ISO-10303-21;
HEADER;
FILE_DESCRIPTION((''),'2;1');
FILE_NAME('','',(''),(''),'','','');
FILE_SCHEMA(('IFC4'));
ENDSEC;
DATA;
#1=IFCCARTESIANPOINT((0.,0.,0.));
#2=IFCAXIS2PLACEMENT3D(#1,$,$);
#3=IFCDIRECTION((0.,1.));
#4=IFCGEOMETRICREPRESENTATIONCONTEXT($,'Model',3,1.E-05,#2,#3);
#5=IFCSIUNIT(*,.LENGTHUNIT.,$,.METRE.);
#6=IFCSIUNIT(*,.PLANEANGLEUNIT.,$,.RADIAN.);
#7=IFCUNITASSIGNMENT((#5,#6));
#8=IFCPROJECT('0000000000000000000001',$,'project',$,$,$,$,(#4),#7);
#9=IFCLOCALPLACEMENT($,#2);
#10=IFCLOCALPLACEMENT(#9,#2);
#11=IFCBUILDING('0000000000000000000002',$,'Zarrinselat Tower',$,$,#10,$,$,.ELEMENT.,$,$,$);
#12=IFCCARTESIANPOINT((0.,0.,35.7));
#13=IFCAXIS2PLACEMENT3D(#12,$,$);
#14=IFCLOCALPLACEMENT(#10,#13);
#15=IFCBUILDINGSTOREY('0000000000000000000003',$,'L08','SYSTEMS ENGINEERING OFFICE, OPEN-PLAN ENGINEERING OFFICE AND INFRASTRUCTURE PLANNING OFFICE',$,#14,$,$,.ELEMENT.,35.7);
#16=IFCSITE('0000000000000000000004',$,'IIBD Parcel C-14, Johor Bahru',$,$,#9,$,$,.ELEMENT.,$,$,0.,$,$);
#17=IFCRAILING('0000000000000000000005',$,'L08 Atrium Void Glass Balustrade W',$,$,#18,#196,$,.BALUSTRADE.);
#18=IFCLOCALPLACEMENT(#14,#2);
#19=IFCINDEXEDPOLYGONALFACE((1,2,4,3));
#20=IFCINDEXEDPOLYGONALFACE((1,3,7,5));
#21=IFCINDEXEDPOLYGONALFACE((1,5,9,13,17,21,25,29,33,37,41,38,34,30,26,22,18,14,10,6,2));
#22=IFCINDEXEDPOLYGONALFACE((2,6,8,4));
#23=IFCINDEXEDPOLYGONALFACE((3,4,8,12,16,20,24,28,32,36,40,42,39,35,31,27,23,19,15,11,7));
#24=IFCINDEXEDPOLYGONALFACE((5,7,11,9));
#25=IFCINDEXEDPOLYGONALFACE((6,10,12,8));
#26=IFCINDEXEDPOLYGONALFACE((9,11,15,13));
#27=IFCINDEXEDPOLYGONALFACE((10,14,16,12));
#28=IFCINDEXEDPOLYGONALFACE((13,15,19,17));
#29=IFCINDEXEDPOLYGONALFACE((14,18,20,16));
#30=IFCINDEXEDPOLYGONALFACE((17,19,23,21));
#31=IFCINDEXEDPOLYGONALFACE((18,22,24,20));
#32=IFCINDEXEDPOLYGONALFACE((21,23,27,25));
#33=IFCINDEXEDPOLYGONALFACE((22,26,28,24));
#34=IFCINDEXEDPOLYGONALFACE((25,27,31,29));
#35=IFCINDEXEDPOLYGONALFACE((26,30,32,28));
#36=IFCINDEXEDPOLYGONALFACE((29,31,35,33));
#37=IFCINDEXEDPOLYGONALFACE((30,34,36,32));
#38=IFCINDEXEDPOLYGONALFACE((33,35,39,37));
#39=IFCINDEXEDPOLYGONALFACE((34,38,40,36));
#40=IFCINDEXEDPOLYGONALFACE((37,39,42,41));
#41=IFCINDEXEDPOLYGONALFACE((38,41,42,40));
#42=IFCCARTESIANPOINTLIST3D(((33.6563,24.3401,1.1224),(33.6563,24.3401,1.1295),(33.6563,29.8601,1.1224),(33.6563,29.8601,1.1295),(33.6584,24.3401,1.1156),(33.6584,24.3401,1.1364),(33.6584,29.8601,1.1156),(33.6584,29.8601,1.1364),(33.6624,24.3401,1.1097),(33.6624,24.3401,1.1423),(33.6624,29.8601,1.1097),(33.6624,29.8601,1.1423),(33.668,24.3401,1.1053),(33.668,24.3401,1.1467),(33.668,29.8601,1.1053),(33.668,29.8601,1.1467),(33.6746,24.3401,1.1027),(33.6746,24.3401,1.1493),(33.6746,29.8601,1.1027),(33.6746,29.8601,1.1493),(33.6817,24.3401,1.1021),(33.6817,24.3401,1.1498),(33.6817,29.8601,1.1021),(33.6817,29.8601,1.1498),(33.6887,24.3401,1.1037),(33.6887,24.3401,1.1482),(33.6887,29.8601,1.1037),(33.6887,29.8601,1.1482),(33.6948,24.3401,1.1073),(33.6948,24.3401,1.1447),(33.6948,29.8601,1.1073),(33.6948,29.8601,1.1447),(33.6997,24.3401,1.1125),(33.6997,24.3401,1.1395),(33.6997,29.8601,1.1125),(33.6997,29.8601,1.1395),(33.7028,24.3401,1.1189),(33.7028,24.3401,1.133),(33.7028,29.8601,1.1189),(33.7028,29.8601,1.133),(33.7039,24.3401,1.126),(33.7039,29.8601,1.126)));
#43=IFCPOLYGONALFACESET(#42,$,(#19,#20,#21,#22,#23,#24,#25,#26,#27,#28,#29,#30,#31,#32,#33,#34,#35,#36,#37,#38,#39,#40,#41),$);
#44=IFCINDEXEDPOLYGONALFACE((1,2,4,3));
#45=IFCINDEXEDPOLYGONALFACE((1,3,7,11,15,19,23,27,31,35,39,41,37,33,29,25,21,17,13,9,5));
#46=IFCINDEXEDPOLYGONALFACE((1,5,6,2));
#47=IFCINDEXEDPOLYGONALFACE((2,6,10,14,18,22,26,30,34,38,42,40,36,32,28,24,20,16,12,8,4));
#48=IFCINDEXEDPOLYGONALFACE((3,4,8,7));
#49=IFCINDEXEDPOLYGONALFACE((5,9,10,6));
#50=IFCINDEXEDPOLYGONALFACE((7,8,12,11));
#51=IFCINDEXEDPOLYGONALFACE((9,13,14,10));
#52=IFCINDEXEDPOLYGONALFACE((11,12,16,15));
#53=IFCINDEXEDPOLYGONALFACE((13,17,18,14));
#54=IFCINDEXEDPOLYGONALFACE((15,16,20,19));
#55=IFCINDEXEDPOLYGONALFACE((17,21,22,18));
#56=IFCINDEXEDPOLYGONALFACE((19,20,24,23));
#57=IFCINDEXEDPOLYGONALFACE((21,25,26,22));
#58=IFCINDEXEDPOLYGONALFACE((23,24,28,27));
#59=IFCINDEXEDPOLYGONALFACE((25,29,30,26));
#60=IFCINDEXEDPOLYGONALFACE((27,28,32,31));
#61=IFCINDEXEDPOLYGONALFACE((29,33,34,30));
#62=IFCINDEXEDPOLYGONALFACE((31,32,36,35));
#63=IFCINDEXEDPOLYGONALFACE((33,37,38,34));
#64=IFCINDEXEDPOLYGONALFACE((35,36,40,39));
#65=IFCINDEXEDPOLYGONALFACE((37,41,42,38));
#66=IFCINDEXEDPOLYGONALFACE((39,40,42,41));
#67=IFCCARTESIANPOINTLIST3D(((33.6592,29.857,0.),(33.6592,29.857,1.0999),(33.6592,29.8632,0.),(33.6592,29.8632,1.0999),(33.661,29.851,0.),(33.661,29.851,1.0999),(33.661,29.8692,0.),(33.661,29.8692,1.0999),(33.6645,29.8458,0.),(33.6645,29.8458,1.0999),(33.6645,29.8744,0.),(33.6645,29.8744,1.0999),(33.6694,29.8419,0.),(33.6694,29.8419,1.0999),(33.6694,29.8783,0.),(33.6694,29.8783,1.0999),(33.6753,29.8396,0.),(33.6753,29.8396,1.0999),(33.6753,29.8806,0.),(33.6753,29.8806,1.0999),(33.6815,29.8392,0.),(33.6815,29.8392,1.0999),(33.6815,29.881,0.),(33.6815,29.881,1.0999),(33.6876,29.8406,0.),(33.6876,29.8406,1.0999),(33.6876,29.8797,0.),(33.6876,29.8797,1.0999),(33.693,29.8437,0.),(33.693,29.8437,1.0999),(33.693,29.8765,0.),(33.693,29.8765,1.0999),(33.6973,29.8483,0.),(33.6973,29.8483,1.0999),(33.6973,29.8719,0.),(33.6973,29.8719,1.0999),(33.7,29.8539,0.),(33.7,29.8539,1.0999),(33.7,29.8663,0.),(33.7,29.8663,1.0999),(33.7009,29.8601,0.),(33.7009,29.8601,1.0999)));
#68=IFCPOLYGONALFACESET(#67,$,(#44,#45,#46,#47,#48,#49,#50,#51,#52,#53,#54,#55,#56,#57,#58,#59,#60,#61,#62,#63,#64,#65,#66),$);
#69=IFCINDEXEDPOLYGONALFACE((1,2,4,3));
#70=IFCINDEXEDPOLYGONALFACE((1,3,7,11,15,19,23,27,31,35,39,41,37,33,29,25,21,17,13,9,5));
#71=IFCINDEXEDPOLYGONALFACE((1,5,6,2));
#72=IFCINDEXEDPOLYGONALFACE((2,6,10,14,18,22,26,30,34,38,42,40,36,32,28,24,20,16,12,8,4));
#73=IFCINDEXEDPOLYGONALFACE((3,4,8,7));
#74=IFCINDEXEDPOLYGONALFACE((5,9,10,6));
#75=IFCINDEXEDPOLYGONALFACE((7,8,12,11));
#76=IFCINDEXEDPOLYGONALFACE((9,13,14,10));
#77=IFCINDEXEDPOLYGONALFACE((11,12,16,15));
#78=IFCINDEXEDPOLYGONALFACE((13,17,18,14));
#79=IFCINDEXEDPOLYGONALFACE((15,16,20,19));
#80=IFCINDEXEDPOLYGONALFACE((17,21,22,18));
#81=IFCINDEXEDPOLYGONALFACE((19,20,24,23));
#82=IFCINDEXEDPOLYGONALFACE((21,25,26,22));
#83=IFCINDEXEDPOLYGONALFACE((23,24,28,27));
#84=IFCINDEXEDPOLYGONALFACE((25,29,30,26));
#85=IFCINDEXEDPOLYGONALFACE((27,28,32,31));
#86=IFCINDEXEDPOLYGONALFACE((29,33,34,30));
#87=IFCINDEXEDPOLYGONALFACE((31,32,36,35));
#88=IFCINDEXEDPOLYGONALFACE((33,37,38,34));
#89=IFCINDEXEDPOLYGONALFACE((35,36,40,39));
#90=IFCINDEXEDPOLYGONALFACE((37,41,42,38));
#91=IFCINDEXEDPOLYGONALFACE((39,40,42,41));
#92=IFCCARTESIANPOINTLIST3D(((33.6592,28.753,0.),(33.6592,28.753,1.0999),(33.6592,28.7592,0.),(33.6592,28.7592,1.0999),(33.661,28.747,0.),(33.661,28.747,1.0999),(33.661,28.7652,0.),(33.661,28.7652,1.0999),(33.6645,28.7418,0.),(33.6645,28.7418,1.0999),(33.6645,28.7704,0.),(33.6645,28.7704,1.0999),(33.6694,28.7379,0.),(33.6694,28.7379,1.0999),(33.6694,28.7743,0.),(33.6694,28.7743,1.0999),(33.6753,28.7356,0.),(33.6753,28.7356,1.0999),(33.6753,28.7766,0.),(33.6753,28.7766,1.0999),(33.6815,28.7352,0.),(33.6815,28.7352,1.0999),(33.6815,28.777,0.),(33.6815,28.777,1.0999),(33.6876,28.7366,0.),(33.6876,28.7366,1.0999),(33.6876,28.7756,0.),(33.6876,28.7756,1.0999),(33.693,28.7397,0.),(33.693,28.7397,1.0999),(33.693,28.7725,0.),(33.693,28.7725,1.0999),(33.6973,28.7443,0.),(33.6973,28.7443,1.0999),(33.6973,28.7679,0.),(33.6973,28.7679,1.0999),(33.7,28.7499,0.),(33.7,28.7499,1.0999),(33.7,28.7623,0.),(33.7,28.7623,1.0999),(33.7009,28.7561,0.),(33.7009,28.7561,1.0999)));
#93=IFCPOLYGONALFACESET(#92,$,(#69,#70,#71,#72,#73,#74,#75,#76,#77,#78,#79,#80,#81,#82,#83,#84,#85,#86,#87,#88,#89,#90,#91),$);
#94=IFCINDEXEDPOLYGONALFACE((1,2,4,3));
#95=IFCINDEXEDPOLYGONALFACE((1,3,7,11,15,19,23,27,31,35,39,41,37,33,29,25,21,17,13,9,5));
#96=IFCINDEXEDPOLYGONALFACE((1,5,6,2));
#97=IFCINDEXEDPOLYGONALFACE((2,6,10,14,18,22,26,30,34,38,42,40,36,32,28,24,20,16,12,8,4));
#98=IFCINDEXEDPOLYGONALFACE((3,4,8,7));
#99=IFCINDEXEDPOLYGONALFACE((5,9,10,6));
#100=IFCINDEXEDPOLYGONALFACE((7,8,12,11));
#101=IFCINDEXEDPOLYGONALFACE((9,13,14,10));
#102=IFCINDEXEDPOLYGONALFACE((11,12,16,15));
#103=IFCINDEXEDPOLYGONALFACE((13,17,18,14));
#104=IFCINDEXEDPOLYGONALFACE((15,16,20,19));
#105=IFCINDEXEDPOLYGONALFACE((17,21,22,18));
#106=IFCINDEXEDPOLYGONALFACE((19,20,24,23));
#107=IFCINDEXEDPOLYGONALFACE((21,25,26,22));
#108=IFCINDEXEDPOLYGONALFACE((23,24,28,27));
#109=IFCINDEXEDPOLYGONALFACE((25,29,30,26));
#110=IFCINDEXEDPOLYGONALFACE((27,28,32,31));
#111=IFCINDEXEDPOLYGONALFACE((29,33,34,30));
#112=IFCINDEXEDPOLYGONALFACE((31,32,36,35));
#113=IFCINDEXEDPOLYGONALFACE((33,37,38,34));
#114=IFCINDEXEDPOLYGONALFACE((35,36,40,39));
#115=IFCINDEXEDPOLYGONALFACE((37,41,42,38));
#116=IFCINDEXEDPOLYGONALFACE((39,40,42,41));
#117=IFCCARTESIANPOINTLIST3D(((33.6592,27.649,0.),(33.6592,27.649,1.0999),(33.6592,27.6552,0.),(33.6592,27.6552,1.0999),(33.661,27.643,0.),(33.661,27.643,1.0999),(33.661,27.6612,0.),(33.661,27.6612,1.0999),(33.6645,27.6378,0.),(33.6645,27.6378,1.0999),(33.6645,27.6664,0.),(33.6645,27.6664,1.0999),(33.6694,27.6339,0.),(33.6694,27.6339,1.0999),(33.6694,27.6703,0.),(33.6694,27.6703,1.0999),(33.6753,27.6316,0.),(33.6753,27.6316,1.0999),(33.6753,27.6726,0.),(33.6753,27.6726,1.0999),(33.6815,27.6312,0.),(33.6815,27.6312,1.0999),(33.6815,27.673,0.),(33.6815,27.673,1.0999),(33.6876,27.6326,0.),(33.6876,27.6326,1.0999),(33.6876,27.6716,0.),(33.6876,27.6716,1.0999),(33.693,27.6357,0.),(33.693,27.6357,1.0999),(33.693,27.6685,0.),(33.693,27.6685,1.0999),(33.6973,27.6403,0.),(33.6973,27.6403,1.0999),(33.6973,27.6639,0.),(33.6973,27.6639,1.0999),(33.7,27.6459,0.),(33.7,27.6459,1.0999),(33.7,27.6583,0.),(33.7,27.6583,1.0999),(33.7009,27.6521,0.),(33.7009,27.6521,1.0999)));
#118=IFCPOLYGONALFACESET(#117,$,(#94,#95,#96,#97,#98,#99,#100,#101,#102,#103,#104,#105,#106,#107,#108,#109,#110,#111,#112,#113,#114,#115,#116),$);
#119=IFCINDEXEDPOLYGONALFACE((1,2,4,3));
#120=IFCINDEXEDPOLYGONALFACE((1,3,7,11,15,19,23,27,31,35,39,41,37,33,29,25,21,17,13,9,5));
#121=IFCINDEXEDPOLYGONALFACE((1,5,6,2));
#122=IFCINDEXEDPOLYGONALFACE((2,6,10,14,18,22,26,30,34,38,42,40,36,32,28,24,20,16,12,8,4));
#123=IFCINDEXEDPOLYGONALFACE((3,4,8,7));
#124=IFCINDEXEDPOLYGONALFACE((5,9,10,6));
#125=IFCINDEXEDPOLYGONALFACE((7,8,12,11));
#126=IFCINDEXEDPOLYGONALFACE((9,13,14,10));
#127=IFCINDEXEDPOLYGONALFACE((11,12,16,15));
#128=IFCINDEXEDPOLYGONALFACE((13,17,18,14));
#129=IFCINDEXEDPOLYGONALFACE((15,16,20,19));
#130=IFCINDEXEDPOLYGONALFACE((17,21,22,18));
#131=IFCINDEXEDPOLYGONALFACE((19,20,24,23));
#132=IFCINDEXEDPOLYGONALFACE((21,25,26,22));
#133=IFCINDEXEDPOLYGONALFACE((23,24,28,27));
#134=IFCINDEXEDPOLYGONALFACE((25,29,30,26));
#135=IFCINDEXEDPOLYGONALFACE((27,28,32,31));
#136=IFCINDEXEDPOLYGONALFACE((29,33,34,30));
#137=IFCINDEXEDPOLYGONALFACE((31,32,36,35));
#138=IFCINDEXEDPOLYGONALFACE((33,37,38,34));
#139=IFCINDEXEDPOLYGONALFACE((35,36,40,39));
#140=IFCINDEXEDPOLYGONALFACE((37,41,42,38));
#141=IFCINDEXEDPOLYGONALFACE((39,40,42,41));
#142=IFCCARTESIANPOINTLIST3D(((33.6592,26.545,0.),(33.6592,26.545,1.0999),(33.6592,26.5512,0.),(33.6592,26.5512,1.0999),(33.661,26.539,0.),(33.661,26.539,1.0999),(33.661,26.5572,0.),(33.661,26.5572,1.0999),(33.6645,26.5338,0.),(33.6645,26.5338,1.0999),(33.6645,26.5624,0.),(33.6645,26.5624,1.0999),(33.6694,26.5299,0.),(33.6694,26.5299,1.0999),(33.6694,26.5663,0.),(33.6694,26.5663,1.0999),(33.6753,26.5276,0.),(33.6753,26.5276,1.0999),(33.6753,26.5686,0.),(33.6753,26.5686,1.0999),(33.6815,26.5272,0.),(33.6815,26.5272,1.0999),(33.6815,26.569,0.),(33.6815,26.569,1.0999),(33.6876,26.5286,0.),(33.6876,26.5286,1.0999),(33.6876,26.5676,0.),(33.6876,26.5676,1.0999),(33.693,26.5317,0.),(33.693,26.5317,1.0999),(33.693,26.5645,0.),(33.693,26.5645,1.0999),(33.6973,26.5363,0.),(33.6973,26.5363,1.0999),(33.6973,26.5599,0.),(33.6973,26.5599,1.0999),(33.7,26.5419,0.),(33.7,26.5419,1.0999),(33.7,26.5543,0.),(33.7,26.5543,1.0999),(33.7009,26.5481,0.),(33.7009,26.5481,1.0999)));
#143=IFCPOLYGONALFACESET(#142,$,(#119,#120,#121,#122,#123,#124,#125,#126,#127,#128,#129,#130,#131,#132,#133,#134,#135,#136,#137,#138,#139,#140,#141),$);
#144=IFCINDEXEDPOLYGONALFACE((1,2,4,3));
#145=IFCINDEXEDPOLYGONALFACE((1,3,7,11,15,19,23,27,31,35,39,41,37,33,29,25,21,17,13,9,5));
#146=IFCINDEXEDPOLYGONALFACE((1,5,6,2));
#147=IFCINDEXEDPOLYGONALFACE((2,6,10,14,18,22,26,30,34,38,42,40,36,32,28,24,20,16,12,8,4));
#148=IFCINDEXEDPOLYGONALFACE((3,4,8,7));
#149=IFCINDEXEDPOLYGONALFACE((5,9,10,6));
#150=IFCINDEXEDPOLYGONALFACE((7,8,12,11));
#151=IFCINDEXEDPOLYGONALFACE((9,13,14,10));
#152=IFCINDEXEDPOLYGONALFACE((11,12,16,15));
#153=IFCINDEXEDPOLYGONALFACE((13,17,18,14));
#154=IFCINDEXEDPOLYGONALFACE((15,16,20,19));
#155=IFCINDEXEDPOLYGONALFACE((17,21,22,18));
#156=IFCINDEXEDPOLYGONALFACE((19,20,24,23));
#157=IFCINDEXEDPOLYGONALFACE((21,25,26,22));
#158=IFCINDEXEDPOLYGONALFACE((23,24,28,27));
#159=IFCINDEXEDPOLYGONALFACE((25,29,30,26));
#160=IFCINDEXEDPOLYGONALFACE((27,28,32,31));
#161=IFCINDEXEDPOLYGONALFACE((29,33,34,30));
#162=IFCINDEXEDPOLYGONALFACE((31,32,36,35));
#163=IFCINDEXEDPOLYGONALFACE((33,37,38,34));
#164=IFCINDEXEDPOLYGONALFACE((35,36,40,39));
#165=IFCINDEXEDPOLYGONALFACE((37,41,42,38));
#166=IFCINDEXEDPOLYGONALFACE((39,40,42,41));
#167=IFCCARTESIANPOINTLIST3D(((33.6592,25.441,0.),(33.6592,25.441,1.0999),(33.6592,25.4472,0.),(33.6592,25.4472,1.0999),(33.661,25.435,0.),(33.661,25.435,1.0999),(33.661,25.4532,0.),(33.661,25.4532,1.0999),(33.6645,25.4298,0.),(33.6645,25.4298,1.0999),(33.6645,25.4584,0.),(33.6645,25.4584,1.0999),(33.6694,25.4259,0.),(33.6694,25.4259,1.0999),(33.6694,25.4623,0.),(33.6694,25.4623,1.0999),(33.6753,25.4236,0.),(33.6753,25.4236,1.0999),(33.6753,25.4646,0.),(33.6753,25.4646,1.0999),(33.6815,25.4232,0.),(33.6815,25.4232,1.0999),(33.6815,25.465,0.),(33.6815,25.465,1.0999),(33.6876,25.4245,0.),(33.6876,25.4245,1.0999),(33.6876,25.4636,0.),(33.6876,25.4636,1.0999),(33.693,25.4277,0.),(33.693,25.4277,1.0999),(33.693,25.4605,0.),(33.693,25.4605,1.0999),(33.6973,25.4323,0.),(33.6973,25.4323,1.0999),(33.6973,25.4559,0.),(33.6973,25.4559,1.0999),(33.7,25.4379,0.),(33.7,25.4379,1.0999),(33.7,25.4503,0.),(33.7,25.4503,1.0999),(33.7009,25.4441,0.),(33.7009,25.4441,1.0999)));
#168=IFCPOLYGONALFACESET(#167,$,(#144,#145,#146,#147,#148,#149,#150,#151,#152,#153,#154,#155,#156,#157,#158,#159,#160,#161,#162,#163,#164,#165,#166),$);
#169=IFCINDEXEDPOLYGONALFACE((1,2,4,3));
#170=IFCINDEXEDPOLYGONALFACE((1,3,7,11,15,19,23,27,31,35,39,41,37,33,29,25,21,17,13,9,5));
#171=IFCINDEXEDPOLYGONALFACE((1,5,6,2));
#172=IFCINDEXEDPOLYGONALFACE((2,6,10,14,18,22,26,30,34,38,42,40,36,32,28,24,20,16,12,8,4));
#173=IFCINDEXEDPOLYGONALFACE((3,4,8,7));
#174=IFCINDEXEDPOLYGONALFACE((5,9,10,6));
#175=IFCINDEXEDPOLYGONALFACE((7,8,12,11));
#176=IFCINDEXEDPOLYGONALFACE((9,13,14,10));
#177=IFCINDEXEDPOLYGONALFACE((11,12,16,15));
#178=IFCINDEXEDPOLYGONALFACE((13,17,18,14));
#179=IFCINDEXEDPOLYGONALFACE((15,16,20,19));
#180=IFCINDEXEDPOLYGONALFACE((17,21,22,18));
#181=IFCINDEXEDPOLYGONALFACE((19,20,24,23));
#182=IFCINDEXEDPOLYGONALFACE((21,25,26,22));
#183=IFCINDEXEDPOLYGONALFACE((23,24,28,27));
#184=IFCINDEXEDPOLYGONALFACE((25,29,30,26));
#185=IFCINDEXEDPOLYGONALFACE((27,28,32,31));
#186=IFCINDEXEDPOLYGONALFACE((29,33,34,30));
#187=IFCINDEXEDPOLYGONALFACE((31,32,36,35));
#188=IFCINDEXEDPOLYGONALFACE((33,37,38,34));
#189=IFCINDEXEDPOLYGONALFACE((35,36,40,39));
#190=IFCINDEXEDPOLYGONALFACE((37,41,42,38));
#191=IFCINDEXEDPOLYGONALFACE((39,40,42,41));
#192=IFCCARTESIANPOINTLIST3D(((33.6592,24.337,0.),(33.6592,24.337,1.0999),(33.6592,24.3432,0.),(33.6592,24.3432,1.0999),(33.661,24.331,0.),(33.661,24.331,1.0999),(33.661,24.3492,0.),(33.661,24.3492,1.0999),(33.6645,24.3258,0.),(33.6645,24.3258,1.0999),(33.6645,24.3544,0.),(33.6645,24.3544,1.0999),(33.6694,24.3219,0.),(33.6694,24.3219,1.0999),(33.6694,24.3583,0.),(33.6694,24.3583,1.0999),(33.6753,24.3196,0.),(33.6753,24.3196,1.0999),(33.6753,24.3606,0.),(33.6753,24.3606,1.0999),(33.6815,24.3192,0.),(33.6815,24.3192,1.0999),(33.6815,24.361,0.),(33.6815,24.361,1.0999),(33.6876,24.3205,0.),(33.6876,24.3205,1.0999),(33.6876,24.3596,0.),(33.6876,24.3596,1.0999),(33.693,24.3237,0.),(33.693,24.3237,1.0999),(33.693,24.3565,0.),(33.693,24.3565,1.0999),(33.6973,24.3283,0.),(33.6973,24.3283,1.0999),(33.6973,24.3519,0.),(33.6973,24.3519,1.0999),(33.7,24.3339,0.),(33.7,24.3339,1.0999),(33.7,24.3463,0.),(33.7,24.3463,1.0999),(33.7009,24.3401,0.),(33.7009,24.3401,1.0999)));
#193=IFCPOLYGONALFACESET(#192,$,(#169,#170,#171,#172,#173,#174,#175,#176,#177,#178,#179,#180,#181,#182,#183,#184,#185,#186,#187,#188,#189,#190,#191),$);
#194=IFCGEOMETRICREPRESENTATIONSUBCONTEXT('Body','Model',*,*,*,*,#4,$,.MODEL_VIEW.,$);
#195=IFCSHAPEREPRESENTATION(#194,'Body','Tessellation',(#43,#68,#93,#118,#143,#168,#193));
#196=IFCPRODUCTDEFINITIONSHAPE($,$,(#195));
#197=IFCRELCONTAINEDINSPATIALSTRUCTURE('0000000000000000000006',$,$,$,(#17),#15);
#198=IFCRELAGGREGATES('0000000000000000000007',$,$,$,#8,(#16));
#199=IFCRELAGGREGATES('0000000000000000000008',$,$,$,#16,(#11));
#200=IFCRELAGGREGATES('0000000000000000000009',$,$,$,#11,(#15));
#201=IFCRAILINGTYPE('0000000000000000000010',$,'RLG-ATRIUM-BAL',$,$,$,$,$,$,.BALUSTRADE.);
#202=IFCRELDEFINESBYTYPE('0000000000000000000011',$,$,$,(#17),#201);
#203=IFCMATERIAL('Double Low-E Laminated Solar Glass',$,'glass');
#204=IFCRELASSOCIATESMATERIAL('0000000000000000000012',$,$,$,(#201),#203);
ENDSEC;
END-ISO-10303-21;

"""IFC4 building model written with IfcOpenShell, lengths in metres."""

from ifc_helpers import new_model, si_unit, direction, frame, origin, origin_2d, place, context, subcontext, project, spatial, circle, extrude, material, type_object, element, save


model = new_model("IFC4")

# Units and contexts
model_context = context("Model", 3, precision=1e-05, world=origin(), true_north=direction((0.0, 1.0)))
body_context = subcontext(model_context, "Body", "Model", "MODEL_VIEW")
ifc_project = project(units=[si_unit("LENGTHUNIT", "METRE"), si_unit("PLANEANGLEUNIT", "RADIAN")], contexts=[model_context])

# Site, building, storey
site_placement = place(None, origin())
site = spatial("IfcSite", under=ifc_project, at=site_placement, Name="IIBD Parcel C-14, Johor Bahru", CompositionType="ELEMENT", RefElevation=0.0)
building_placement = place(site_placement, origin())
building = spatial("IfcBuilding", under=site, at=building_placement, Name="Zarrinselat Tower", CompositionType="ELEMENT")
storey_placement = place(building_placement, frame((0.0, 0.0, 35.7)))
storey = spatial("IfcBuildingStorey", under=building, at=storey_placement, Name="L08", Description="SYSTEMS ENGINEERING OFFICE, OPEN-PLAN ENGINEERING OFFICE AND INFRASTRUCTURE PLANNING OFFICE", CompositionType="ELEMENT", Elevation=35.7)

# Railing
ifc_material_1 = material(Name="Double Low-E Laminated Solar Glass", Category="glass")
railing_type_1 = type_object("IfcRailingType", Name="RLG-ATRIUM-BAL", PredefinedType="BALUSTRADE", material=ifc_material_1)
railing_1_placement = place(storey_placement, frame((33.6799, 29.8601, 0.0)))
element("IfcRailing", 1, at=railing_1_placement, inside=storey, type_object=railing_type_1, Name="L08 Atrium Void Glass Balustrade W", PredefinedType="BALUSTRADE", context=body_context, shape_type="SweptSolid", body=[
    extrude(circle(Radius=0.0239, at=origin_2d()), frame((0.0, 0.0, 1.126), z_axis=(0.0, -1.0, 0.0), x_axis=(1.0, 0.0, 0.0)), (0.0, 0.0, 1.0), 5.52),
    extrude(circle(Radius=0.021, at=origin_2d()), origin(), (0.0, 0.0, 1.0), 1.0999),
    extrude(circle(Radius=0.021, at=origin_2d()), frame((0.0, -1.104, 0.0)), (0.0, 0.0, 1.0), 1.0999),
    extrude(circle(Radius=0.021, at=origin_2d()), frame((0.0, -2.208, 0.0)), (0.0, 0.0, 1.0), 1.0999),
    extrude(circle(Radius=0.021, at=origin_2d()), frame((0.0, -3.312, 0.0)), (0.0, 0.0, 1.0), 1.0999),
    extrude(circle(Radius=0.021, at=origin_2d()), frame((0.0, -4.416, 0.0)), (0.0, 0.0, 1.0), 1.0999),
    extrude(circle(Radius=0.021, at=origin_2d()), frame((0.0, -5.52, 0.0)), (0.0, 0.0, 1.0), 1.0999),
])

save(model, "model.ifc")
